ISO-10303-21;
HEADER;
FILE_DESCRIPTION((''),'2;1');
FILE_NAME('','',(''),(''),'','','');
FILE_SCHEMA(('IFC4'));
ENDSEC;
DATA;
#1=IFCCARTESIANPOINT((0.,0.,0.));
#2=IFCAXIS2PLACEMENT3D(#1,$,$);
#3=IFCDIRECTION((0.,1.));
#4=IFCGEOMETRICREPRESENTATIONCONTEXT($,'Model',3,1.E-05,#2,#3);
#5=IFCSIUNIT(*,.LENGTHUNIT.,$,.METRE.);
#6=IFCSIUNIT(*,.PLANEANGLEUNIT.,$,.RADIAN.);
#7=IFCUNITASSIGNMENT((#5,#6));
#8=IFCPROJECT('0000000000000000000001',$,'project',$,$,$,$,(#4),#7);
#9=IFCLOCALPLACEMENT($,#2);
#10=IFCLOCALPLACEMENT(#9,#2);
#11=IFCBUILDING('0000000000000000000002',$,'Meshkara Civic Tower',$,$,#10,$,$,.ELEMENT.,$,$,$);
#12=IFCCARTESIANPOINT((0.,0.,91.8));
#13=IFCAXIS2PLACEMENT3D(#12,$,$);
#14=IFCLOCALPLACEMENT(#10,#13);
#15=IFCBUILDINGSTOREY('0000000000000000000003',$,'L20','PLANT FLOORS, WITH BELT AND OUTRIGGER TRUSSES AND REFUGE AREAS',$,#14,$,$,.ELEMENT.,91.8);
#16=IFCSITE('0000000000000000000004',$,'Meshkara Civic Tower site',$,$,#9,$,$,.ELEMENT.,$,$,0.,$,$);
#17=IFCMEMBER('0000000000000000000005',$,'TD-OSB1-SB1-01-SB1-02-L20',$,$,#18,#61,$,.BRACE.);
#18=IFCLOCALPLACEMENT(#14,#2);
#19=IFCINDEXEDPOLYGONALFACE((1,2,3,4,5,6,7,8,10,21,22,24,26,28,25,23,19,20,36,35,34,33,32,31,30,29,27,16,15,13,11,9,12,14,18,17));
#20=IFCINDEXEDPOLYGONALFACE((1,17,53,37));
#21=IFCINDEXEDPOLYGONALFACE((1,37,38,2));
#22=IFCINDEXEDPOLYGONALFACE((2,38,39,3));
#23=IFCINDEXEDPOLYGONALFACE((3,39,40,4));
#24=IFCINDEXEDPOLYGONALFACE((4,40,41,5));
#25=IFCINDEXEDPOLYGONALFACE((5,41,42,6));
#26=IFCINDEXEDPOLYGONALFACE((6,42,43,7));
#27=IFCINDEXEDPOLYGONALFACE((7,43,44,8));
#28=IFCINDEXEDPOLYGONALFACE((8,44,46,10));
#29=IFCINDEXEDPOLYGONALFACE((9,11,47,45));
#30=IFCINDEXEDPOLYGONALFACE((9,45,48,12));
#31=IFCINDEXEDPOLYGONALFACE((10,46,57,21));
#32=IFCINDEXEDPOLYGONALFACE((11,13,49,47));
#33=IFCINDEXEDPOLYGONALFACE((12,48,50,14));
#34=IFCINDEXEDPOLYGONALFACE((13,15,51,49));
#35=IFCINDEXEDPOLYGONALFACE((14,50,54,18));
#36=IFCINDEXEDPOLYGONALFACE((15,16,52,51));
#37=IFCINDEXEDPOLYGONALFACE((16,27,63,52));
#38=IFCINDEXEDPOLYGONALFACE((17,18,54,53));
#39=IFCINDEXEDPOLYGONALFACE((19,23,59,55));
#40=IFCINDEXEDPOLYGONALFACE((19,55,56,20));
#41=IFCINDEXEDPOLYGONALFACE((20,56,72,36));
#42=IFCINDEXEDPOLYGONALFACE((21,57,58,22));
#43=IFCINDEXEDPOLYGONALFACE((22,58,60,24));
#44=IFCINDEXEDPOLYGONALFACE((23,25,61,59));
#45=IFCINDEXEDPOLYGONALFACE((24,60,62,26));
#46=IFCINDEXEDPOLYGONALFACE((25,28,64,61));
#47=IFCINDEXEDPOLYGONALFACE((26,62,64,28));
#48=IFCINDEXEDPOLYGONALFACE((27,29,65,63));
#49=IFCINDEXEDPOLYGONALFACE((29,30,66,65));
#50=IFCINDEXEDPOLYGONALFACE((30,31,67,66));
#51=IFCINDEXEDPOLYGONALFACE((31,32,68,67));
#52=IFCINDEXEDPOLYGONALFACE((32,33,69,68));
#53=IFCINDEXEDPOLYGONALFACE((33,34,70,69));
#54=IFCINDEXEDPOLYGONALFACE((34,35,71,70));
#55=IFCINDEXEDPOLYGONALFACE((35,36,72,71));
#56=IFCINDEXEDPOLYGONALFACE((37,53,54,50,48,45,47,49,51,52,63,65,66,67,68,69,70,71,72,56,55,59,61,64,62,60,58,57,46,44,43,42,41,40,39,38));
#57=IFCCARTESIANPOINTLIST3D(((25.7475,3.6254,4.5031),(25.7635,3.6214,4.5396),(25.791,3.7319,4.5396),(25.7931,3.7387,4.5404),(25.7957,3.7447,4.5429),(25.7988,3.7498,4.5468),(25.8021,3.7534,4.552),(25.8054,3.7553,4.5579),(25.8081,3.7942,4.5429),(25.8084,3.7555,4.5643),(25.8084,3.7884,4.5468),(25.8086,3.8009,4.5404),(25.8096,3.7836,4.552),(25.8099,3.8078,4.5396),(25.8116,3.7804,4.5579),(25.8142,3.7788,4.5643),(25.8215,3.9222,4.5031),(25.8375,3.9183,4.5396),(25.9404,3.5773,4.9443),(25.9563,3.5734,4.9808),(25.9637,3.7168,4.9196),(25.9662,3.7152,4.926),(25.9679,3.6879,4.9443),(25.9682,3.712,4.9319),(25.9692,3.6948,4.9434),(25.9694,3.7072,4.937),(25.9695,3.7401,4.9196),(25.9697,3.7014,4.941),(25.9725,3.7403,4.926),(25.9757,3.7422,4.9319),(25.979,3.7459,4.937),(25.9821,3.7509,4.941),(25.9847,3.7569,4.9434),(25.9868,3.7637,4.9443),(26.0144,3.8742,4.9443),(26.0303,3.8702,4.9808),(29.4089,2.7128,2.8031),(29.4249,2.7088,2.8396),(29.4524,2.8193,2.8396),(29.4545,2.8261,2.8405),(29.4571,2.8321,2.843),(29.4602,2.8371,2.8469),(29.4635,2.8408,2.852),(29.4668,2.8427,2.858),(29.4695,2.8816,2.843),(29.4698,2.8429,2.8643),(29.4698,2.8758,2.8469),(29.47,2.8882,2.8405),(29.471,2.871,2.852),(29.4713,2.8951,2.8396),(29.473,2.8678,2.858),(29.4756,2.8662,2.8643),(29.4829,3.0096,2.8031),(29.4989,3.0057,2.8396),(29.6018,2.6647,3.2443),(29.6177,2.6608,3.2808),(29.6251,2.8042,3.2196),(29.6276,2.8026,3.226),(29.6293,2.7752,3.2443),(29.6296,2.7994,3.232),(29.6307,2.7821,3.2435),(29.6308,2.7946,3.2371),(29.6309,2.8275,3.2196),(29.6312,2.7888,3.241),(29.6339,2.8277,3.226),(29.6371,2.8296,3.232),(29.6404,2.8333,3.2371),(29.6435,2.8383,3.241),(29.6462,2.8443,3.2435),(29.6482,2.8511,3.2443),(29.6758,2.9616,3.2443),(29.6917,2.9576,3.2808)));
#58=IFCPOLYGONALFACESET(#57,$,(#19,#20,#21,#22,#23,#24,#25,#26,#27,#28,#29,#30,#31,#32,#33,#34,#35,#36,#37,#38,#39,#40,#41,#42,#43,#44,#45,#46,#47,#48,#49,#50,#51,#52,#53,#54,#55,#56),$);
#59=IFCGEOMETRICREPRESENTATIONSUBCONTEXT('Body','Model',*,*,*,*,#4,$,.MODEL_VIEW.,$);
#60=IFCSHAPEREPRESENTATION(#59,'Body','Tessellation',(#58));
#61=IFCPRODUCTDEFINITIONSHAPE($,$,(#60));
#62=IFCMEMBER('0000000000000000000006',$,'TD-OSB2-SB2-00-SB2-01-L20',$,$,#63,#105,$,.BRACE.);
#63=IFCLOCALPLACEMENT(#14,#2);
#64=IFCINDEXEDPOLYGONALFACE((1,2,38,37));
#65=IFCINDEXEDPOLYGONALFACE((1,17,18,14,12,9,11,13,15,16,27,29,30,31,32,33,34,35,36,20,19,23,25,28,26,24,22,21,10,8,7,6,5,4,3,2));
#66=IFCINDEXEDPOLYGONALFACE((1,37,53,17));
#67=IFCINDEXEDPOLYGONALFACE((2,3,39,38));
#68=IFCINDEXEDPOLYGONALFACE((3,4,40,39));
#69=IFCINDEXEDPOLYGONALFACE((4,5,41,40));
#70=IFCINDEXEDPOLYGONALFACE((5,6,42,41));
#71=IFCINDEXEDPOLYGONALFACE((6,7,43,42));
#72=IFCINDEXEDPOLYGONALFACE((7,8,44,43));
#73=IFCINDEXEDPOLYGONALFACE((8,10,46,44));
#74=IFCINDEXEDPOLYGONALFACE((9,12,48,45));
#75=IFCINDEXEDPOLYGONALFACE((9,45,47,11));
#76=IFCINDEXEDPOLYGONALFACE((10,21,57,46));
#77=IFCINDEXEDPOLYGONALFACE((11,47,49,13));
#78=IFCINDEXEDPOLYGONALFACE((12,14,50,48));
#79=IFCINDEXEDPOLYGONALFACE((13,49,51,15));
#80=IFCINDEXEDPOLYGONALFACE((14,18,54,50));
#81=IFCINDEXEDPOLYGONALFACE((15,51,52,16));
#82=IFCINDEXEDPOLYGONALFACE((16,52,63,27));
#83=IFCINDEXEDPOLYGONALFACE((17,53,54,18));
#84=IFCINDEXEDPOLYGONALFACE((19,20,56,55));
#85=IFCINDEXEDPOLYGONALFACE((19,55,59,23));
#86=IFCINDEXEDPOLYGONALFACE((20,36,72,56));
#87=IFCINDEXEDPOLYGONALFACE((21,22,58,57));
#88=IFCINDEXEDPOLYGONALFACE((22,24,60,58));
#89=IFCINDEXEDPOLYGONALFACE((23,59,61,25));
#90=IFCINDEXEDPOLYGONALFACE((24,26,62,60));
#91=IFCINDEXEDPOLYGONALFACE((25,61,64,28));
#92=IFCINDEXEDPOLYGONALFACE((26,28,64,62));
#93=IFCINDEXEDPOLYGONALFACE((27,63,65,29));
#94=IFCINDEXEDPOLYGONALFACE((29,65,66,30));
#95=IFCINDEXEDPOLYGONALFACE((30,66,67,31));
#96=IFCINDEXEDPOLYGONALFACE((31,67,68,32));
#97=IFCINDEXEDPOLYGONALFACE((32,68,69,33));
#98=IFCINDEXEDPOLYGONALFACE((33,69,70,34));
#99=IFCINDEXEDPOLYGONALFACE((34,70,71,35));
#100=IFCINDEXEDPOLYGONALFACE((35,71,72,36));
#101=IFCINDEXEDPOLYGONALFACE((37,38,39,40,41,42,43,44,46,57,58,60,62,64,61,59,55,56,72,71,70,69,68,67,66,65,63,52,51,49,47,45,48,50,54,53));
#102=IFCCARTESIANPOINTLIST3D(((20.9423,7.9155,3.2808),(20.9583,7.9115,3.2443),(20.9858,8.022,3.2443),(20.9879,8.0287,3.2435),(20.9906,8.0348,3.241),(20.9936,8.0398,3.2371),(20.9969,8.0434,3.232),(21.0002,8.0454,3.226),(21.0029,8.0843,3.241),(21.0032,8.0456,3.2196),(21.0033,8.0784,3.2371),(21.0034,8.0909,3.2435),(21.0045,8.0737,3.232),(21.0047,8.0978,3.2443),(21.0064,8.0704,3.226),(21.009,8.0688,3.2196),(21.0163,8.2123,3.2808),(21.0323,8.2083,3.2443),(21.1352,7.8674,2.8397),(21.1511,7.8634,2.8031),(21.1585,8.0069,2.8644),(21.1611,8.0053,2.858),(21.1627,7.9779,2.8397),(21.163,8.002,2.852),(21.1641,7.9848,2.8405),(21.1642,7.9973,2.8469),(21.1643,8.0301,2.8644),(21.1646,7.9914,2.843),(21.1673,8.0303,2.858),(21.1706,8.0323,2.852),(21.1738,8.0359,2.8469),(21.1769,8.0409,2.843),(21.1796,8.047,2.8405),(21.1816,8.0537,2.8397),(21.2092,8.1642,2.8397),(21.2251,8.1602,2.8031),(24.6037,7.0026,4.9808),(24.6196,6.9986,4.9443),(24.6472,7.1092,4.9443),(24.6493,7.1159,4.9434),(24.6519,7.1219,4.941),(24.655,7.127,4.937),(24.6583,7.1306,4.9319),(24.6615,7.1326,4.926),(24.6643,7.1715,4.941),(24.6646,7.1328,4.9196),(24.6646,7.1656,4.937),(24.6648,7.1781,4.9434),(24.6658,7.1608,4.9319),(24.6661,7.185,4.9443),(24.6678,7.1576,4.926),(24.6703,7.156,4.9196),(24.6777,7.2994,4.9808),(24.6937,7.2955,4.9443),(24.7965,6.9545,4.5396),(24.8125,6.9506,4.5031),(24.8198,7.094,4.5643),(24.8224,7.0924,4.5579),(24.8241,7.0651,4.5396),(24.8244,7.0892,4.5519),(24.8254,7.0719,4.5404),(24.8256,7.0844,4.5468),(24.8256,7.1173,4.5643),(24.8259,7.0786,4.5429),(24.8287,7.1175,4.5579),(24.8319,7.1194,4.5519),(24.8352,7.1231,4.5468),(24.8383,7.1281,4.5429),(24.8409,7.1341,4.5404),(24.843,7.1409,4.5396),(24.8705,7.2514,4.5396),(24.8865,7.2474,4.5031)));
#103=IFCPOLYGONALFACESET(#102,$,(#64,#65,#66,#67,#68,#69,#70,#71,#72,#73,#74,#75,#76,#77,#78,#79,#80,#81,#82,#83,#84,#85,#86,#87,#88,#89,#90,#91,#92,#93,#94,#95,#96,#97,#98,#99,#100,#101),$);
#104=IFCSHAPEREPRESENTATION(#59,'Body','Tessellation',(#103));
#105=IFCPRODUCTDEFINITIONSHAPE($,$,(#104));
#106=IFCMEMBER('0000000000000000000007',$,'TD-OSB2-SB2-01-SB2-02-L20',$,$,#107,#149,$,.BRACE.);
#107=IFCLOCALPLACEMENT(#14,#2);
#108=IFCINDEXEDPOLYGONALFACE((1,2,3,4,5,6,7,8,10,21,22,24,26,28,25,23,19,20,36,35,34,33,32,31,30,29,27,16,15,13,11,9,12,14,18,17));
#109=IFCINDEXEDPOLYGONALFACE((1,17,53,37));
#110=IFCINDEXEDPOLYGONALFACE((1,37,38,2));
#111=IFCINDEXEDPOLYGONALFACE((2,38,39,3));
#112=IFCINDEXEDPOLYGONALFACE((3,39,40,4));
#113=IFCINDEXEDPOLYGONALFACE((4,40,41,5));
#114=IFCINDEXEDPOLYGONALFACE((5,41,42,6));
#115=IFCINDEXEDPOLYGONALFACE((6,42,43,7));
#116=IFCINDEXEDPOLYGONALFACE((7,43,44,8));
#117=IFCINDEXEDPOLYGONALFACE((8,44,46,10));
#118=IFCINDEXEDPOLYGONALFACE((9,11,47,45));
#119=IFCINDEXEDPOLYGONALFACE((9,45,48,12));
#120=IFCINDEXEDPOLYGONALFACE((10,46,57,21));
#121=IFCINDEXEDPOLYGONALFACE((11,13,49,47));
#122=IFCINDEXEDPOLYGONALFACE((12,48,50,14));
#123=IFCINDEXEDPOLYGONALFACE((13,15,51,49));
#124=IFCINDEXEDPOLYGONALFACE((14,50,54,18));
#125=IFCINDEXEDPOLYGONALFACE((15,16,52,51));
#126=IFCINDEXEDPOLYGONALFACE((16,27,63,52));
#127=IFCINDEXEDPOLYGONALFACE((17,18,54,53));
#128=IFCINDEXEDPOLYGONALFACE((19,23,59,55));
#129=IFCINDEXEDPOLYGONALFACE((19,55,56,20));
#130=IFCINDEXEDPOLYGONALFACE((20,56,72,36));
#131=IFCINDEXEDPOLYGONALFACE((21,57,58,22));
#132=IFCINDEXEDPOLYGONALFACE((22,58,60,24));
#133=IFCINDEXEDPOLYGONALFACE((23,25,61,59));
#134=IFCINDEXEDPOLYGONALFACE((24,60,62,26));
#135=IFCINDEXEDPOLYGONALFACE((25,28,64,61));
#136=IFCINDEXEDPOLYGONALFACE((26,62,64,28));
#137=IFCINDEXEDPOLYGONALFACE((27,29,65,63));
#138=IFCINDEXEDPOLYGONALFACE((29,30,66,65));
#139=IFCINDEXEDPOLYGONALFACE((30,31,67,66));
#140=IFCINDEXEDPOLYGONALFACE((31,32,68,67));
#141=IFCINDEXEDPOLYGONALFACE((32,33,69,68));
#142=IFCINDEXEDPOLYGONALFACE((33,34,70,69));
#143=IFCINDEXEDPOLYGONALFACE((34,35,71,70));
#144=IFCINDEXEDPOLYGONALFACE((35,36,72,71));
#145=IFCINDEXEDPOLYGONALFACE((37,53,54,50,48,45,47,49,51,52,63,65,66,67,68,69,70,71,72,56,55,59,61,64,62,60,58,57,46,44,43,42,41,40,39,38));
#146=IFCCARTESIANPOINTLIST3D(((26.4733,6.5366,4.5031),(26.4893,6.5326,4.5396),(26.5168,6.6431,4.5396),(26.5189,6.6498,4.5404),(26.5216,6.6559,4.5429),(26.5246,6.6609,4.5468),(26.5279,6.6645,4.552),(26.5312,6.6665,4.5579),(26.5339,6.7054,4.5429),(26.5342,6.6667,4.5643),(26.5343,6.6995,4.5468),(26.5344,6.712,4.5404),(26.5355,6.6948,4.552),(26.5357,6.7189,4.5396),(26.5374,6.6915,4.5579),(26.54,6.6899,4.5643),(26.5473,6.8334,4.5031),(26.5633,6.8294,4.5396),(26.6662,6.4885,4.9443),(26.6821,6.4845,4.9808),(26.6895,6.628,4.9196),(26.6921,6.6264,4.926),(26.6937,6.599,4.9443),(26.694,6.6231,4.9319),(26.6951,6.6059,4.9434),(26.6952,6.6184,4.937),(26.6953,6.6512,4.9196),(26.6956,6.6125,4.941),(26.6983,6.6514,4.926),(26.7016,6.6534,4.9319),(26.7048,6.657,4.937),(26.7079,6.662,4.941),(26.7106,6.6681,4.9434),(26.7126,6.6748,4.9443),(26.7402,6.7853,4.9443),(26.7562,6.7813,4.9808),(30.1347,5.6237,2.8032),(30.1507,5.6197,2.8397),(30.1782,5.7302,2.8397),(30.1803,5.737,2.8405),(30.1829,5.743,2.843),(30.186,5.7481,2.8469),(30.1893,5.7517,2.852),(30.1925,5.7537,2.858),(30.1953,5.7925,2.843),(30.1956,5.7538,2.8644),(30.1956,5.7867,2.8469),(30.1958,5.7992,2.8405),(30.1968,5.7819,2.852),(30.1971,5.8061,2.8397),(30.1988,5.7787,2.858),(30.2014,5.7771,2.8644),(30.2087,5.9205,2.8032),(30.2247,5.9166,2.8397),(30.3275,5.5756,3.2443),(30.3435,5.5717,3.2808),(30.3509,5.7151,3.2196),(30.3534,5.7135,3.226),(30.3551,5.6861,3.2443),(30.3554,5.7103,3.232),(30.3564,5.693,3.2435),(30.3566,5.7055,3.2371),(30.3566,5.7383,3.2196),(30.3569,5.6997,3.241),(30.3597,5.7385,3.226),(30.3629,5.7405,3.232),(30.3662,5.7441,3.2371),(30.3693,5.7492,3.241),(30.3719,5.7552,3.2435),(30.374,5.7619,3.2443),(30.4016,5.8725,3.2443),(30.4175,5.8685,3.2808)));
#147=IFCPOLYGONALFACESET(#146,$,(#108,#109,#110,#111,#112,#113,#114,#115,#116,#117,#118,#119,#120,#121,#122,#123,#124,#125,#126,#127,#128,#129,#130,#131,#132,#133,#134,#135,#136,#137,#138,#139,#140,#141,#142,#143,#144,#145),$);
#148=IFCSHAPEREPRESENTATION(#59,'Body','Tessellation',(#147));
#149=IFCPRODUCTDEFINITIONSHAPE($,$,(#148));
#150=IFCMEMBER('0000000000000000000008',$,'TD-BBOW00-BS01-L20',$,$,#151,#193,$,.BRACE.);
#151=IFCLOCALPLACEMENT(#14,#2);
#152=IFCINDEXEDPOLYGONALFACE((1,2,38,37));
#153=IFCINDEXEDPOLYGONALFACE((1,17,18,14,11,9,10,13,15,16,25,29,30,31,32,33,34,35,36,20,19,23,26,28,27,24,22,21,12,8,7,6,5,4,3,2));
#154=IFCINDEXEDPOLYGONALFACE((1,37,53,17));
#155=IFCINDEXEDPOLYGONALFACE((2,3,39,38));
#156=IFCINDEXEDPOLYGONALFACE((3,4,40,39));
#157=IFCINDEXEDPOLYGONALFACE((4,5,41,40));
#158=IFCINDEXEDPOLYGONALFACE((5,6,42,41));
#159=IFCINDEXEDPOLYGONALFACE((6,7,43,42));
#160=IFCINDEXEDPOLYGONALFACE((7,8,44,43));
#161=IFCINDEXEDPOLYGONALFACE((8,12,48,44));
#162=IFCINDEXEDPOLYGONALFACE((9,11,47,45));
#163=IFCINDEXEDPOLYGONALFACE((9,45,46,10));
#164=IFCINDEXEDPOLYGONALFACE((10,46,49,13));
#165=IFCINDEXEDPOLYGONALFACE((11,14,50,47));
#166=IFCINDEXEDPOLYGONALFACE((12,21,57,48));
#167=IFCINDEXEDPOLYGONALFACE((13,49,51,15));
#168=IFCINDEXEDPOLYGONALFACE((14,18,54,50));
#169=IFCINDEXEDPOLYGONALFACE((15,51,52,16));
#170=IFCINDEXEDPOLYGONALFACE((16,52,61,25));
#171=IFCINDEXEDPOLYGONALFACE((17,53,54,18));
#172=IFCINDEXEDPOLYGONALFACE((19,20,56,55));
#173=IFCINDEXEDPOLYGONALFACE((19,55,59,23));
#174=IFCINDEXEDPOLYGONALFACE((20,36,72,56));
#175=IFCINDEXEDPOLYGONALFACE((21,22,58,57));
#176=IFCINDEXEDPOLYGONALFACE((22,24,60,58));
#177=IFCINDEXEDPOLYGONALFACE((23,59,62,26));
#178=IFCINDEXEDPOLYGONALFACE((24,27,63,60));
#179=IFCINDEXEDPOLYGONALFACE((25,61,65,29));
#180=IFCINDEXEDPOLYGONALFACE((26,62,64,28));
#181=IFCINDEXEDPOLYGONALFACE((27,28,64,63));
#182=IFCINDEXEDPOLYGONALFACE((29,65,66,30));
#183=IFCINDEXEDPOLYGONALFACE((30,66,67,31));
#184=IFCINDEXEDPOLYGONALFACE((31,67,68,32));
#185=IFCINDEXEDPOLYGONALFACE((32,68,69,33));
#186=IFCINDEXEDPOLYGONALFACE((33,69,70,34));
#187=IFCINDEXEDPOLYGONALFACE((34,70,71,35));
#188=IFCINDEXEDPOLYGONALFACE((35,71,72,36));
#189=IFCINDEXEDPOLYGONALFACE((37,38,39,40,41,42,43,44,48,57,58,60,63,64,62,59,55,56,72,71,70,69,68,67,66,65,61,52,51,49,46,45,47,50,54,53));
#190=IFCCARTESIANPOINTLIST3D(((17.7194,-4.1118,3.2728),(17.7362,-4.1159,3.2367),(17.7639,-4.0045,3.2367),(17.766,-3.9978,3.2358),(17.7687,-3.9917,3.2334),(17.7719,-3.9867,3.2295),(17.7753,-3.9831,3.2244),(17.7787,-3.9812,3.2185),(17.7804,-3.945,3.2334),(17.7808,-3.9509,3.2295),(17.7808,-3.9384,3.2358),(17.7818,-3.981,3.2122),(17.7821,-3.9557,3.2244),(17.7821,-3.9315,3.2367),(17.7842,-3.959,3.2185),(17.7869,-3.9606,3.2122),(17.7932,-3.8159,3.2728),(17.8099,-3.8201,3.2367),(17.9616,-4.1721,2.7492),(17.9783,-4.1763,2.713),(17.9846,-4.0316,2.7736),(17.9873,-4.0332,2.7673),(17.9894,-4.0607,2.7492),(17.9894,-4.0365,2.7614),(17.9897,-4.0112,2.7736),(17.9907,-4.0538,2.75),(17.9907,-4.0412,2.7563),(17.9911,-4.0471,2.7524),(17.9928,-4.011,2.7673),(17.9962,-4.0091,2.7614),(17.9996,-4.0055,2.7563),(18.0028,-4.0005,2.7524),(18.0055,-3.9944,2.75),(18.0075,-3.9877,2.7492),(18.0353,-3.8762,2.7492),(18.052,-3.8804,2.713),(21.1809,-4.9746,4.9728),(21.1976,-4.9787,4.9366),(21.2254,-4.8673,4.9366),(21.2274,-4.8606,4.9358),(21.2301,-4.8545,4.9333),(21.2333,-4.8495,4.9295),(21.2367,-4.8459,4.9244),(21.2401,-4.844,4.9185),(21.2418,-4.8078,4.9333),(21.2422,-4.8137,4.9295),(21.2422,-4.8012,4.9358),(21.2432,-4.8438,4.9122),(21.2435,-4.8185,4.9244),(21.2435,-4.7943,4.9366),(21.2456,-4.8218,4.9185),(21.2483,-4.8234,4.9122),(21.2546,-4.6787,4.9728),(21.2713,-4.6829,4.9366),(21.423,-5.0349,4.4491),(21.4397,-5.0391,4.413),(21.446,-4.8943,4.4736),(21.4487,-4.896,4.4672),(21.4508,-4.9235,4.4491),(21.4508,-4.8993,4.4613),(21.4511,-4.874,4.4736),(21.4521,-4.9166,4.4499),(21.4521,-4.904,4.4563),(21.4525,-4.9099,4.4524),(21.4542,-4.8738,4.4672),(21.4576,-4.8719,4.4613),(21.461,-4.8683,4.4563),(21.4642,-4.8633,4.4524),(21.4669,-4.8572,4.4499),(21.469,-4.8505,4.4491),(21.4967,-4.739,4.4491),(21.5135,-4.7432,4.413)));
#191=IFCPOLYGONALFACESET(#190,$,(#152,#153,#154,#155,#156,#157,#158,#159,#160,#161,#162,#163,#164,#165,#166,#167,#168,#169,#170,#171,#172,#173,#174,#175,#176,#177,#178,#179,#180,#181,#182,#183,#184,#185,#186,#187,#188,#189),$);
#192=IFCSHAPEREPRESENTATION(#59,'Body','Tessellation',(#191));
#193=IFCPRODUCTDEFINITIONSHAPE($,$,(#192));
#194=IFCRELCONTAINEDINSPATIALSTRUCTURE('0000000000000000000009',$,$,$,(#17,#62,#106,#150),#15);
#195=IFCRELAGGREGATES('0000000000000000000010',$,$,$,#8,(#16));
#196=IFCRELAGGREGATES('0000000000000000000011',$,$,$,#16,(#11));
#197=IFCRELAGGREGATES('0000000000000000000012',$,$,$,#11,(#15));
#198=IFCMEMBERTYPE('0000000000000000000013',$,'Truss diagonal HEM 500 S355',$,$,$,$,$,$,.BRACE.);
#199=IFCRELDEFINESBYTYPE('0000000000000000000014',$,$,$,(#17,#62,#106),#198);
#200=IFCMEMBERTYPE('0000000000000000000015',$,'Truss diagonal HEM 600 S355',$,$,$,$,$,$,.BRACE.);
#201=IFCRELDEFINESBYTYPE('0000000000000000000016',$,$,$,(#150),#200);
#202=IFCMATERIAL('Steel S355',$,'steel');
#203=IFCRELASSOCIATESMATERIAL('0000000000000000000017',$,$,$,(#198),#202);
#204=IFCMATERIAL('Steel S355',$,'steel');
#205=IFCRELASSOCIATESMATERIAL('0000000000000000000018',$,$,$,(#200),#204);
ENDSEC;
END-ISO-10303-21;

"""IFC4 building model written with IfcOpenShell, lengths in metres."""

from ifc_helpers import new_model, si_unit, direction, frame, origin, origin_2d, place, context, subcontext, project, spatial, i_section, extrude, material, material_profile, profile_set, type_object, element, save


model = new_model("IFC4")

# Units and contexts
model_context = context("Model", 3, precision=1e-05, world=origin(), true_north=direction((0.0, 1.0)))
body_context = subcontext(model_context, "Body", "Model", "MODEL_VIEW")
ifc_project = project(units=[si_unit("LENGTHUNIT", "METRE"), si_unit("PLANEANGLEUNIT", "RADIAN")], contexts=[model_context])

# Site, building, storey
site_placement = place(None, origin())
site = spatial("IfcSite", under=ifc_project, at=site_placement, Name="Meshkara Civic Tower site", CompositionType="ELEMENT", RefElevation=0.0)
building_placement = place(site_placement, origin())
building = spatial("IfcBuilding", under=site, at=building_placement, Name="Meshkara Civic Tower", CompositionType="ELEMENT")
storey_placement = place(building_placement, frame((0.0, 0.0, 91.8)))
storey = spatial("IfcBuildingStorey", under=building, at=storey_placement, Name="L20", Description="PLANT FLOORS, WITH BELT AND OUTRIGGER TRUSSES AND REFUGE AREAS", CompositionType="ELEMENT", Elevation=91.8)

# Members
ifc_material_1 = material(Name="Steel S355", Category="steel")
ifc_material_profile_1 = material_profile(ifc_material_1, i_section(OverallWidth=0.3059, OverallDepth=0.5239, WebThickness=0.0239, FlangeThickness=0.04, FilletRadius=0.0271, at=origin_2d()))
ifc_profile_set_1 = profile_set([ifc_material_profile_1], Name="Steel S355")
member_type_1 = type_object("IfcMemberType", Name="Truss diagonal HEM 500 S355", PredefinedType="BRACE", material=ifc_profile_set_1)
for number, where, z_axis, x_axis, name in (
    (1, (25.8889, 3.7478, 4.7419), (0.884681, -0.220507, -0.410751), (0.241851, 0.970314, 0.0), "TD-OSB1-SB1-01-SB1-02-L20"),
    (2, (21.0837, 8.0378, 3.042), (0.884669, -0.220563, 0.410746), (0.241911, 0.970298, 0.0), "TD-OSB2-SB2-00-SB2-01-L20"),
    (3, (26.6147, 6.6589, 4.7419), (0.884669, -0.220563, -0.410746), (0.241911, 0.970298, 0.0), "TD-OSB2-SB2-01-SB2-02-L20"),
):
    element("IfcMember", number, at=place(storey_placement, frame(where, z_axis=z_axis, x_axis=x_axis)), inside=storey, type_object=member_type_1, Name=name, PredefinedType="BRACE", context=body_context, shape_type="SweptSolid", body=[
        extrude(i_section(OverallWidth=0.3059, OverallDepth=0.5239, WebThickness=0.0239, FlangeThickness=0.04, FilletRadius=0.0271, at=origin_2d()), origin(), (0.0, 0.0, 1.0), 4.1387),
    ])
ifc_material_2 = material(Name="Steel S355", Category="steel")
ifc_material_profile_2 = material_profile(ifc_material_2, i_section(OverallWidth=0.3049, OverallDepth=0.6201, WebThickness=0.021, FlangeThickness=0.04, FilletRadius=0.0271, at=origin_2d()))
ifc_profile_set_2 = profile_set([ifc_material_profile_2], Name="Steel S355")
member_type_2 = type_object("IfcMemberType", Name="Truss diagonal HEM 600 S355", PredefinedType="BRACE", material=ifc_profile_set_2)
member_1_placement = place(storey_placement, frame((17.8857, -3.9961, 2.9929), z_axis=(0.875939, -0.218336, 0.430185), x_axis=(0.241859, 0.970311, 0.0)))
element("IfcMember", 4, at=member_1_placement, inside=storey, type_object=member_type_2, Name="TD-BBOW00-BS01-L20", PredefinedType="BRACE", context=body_context, shape_type="SweptSolid", body=[
    extrude(i_section(OverallWidth=0.3049, OverallDepth=0.6201, WebThickness=0.021, FlangeThickness=0.04, FilletRadius=0.0271, at=origin_2d()), origin(), (0.0, 0.0, 1.0), 3.9517),
])

save(model, "model.ifc")
